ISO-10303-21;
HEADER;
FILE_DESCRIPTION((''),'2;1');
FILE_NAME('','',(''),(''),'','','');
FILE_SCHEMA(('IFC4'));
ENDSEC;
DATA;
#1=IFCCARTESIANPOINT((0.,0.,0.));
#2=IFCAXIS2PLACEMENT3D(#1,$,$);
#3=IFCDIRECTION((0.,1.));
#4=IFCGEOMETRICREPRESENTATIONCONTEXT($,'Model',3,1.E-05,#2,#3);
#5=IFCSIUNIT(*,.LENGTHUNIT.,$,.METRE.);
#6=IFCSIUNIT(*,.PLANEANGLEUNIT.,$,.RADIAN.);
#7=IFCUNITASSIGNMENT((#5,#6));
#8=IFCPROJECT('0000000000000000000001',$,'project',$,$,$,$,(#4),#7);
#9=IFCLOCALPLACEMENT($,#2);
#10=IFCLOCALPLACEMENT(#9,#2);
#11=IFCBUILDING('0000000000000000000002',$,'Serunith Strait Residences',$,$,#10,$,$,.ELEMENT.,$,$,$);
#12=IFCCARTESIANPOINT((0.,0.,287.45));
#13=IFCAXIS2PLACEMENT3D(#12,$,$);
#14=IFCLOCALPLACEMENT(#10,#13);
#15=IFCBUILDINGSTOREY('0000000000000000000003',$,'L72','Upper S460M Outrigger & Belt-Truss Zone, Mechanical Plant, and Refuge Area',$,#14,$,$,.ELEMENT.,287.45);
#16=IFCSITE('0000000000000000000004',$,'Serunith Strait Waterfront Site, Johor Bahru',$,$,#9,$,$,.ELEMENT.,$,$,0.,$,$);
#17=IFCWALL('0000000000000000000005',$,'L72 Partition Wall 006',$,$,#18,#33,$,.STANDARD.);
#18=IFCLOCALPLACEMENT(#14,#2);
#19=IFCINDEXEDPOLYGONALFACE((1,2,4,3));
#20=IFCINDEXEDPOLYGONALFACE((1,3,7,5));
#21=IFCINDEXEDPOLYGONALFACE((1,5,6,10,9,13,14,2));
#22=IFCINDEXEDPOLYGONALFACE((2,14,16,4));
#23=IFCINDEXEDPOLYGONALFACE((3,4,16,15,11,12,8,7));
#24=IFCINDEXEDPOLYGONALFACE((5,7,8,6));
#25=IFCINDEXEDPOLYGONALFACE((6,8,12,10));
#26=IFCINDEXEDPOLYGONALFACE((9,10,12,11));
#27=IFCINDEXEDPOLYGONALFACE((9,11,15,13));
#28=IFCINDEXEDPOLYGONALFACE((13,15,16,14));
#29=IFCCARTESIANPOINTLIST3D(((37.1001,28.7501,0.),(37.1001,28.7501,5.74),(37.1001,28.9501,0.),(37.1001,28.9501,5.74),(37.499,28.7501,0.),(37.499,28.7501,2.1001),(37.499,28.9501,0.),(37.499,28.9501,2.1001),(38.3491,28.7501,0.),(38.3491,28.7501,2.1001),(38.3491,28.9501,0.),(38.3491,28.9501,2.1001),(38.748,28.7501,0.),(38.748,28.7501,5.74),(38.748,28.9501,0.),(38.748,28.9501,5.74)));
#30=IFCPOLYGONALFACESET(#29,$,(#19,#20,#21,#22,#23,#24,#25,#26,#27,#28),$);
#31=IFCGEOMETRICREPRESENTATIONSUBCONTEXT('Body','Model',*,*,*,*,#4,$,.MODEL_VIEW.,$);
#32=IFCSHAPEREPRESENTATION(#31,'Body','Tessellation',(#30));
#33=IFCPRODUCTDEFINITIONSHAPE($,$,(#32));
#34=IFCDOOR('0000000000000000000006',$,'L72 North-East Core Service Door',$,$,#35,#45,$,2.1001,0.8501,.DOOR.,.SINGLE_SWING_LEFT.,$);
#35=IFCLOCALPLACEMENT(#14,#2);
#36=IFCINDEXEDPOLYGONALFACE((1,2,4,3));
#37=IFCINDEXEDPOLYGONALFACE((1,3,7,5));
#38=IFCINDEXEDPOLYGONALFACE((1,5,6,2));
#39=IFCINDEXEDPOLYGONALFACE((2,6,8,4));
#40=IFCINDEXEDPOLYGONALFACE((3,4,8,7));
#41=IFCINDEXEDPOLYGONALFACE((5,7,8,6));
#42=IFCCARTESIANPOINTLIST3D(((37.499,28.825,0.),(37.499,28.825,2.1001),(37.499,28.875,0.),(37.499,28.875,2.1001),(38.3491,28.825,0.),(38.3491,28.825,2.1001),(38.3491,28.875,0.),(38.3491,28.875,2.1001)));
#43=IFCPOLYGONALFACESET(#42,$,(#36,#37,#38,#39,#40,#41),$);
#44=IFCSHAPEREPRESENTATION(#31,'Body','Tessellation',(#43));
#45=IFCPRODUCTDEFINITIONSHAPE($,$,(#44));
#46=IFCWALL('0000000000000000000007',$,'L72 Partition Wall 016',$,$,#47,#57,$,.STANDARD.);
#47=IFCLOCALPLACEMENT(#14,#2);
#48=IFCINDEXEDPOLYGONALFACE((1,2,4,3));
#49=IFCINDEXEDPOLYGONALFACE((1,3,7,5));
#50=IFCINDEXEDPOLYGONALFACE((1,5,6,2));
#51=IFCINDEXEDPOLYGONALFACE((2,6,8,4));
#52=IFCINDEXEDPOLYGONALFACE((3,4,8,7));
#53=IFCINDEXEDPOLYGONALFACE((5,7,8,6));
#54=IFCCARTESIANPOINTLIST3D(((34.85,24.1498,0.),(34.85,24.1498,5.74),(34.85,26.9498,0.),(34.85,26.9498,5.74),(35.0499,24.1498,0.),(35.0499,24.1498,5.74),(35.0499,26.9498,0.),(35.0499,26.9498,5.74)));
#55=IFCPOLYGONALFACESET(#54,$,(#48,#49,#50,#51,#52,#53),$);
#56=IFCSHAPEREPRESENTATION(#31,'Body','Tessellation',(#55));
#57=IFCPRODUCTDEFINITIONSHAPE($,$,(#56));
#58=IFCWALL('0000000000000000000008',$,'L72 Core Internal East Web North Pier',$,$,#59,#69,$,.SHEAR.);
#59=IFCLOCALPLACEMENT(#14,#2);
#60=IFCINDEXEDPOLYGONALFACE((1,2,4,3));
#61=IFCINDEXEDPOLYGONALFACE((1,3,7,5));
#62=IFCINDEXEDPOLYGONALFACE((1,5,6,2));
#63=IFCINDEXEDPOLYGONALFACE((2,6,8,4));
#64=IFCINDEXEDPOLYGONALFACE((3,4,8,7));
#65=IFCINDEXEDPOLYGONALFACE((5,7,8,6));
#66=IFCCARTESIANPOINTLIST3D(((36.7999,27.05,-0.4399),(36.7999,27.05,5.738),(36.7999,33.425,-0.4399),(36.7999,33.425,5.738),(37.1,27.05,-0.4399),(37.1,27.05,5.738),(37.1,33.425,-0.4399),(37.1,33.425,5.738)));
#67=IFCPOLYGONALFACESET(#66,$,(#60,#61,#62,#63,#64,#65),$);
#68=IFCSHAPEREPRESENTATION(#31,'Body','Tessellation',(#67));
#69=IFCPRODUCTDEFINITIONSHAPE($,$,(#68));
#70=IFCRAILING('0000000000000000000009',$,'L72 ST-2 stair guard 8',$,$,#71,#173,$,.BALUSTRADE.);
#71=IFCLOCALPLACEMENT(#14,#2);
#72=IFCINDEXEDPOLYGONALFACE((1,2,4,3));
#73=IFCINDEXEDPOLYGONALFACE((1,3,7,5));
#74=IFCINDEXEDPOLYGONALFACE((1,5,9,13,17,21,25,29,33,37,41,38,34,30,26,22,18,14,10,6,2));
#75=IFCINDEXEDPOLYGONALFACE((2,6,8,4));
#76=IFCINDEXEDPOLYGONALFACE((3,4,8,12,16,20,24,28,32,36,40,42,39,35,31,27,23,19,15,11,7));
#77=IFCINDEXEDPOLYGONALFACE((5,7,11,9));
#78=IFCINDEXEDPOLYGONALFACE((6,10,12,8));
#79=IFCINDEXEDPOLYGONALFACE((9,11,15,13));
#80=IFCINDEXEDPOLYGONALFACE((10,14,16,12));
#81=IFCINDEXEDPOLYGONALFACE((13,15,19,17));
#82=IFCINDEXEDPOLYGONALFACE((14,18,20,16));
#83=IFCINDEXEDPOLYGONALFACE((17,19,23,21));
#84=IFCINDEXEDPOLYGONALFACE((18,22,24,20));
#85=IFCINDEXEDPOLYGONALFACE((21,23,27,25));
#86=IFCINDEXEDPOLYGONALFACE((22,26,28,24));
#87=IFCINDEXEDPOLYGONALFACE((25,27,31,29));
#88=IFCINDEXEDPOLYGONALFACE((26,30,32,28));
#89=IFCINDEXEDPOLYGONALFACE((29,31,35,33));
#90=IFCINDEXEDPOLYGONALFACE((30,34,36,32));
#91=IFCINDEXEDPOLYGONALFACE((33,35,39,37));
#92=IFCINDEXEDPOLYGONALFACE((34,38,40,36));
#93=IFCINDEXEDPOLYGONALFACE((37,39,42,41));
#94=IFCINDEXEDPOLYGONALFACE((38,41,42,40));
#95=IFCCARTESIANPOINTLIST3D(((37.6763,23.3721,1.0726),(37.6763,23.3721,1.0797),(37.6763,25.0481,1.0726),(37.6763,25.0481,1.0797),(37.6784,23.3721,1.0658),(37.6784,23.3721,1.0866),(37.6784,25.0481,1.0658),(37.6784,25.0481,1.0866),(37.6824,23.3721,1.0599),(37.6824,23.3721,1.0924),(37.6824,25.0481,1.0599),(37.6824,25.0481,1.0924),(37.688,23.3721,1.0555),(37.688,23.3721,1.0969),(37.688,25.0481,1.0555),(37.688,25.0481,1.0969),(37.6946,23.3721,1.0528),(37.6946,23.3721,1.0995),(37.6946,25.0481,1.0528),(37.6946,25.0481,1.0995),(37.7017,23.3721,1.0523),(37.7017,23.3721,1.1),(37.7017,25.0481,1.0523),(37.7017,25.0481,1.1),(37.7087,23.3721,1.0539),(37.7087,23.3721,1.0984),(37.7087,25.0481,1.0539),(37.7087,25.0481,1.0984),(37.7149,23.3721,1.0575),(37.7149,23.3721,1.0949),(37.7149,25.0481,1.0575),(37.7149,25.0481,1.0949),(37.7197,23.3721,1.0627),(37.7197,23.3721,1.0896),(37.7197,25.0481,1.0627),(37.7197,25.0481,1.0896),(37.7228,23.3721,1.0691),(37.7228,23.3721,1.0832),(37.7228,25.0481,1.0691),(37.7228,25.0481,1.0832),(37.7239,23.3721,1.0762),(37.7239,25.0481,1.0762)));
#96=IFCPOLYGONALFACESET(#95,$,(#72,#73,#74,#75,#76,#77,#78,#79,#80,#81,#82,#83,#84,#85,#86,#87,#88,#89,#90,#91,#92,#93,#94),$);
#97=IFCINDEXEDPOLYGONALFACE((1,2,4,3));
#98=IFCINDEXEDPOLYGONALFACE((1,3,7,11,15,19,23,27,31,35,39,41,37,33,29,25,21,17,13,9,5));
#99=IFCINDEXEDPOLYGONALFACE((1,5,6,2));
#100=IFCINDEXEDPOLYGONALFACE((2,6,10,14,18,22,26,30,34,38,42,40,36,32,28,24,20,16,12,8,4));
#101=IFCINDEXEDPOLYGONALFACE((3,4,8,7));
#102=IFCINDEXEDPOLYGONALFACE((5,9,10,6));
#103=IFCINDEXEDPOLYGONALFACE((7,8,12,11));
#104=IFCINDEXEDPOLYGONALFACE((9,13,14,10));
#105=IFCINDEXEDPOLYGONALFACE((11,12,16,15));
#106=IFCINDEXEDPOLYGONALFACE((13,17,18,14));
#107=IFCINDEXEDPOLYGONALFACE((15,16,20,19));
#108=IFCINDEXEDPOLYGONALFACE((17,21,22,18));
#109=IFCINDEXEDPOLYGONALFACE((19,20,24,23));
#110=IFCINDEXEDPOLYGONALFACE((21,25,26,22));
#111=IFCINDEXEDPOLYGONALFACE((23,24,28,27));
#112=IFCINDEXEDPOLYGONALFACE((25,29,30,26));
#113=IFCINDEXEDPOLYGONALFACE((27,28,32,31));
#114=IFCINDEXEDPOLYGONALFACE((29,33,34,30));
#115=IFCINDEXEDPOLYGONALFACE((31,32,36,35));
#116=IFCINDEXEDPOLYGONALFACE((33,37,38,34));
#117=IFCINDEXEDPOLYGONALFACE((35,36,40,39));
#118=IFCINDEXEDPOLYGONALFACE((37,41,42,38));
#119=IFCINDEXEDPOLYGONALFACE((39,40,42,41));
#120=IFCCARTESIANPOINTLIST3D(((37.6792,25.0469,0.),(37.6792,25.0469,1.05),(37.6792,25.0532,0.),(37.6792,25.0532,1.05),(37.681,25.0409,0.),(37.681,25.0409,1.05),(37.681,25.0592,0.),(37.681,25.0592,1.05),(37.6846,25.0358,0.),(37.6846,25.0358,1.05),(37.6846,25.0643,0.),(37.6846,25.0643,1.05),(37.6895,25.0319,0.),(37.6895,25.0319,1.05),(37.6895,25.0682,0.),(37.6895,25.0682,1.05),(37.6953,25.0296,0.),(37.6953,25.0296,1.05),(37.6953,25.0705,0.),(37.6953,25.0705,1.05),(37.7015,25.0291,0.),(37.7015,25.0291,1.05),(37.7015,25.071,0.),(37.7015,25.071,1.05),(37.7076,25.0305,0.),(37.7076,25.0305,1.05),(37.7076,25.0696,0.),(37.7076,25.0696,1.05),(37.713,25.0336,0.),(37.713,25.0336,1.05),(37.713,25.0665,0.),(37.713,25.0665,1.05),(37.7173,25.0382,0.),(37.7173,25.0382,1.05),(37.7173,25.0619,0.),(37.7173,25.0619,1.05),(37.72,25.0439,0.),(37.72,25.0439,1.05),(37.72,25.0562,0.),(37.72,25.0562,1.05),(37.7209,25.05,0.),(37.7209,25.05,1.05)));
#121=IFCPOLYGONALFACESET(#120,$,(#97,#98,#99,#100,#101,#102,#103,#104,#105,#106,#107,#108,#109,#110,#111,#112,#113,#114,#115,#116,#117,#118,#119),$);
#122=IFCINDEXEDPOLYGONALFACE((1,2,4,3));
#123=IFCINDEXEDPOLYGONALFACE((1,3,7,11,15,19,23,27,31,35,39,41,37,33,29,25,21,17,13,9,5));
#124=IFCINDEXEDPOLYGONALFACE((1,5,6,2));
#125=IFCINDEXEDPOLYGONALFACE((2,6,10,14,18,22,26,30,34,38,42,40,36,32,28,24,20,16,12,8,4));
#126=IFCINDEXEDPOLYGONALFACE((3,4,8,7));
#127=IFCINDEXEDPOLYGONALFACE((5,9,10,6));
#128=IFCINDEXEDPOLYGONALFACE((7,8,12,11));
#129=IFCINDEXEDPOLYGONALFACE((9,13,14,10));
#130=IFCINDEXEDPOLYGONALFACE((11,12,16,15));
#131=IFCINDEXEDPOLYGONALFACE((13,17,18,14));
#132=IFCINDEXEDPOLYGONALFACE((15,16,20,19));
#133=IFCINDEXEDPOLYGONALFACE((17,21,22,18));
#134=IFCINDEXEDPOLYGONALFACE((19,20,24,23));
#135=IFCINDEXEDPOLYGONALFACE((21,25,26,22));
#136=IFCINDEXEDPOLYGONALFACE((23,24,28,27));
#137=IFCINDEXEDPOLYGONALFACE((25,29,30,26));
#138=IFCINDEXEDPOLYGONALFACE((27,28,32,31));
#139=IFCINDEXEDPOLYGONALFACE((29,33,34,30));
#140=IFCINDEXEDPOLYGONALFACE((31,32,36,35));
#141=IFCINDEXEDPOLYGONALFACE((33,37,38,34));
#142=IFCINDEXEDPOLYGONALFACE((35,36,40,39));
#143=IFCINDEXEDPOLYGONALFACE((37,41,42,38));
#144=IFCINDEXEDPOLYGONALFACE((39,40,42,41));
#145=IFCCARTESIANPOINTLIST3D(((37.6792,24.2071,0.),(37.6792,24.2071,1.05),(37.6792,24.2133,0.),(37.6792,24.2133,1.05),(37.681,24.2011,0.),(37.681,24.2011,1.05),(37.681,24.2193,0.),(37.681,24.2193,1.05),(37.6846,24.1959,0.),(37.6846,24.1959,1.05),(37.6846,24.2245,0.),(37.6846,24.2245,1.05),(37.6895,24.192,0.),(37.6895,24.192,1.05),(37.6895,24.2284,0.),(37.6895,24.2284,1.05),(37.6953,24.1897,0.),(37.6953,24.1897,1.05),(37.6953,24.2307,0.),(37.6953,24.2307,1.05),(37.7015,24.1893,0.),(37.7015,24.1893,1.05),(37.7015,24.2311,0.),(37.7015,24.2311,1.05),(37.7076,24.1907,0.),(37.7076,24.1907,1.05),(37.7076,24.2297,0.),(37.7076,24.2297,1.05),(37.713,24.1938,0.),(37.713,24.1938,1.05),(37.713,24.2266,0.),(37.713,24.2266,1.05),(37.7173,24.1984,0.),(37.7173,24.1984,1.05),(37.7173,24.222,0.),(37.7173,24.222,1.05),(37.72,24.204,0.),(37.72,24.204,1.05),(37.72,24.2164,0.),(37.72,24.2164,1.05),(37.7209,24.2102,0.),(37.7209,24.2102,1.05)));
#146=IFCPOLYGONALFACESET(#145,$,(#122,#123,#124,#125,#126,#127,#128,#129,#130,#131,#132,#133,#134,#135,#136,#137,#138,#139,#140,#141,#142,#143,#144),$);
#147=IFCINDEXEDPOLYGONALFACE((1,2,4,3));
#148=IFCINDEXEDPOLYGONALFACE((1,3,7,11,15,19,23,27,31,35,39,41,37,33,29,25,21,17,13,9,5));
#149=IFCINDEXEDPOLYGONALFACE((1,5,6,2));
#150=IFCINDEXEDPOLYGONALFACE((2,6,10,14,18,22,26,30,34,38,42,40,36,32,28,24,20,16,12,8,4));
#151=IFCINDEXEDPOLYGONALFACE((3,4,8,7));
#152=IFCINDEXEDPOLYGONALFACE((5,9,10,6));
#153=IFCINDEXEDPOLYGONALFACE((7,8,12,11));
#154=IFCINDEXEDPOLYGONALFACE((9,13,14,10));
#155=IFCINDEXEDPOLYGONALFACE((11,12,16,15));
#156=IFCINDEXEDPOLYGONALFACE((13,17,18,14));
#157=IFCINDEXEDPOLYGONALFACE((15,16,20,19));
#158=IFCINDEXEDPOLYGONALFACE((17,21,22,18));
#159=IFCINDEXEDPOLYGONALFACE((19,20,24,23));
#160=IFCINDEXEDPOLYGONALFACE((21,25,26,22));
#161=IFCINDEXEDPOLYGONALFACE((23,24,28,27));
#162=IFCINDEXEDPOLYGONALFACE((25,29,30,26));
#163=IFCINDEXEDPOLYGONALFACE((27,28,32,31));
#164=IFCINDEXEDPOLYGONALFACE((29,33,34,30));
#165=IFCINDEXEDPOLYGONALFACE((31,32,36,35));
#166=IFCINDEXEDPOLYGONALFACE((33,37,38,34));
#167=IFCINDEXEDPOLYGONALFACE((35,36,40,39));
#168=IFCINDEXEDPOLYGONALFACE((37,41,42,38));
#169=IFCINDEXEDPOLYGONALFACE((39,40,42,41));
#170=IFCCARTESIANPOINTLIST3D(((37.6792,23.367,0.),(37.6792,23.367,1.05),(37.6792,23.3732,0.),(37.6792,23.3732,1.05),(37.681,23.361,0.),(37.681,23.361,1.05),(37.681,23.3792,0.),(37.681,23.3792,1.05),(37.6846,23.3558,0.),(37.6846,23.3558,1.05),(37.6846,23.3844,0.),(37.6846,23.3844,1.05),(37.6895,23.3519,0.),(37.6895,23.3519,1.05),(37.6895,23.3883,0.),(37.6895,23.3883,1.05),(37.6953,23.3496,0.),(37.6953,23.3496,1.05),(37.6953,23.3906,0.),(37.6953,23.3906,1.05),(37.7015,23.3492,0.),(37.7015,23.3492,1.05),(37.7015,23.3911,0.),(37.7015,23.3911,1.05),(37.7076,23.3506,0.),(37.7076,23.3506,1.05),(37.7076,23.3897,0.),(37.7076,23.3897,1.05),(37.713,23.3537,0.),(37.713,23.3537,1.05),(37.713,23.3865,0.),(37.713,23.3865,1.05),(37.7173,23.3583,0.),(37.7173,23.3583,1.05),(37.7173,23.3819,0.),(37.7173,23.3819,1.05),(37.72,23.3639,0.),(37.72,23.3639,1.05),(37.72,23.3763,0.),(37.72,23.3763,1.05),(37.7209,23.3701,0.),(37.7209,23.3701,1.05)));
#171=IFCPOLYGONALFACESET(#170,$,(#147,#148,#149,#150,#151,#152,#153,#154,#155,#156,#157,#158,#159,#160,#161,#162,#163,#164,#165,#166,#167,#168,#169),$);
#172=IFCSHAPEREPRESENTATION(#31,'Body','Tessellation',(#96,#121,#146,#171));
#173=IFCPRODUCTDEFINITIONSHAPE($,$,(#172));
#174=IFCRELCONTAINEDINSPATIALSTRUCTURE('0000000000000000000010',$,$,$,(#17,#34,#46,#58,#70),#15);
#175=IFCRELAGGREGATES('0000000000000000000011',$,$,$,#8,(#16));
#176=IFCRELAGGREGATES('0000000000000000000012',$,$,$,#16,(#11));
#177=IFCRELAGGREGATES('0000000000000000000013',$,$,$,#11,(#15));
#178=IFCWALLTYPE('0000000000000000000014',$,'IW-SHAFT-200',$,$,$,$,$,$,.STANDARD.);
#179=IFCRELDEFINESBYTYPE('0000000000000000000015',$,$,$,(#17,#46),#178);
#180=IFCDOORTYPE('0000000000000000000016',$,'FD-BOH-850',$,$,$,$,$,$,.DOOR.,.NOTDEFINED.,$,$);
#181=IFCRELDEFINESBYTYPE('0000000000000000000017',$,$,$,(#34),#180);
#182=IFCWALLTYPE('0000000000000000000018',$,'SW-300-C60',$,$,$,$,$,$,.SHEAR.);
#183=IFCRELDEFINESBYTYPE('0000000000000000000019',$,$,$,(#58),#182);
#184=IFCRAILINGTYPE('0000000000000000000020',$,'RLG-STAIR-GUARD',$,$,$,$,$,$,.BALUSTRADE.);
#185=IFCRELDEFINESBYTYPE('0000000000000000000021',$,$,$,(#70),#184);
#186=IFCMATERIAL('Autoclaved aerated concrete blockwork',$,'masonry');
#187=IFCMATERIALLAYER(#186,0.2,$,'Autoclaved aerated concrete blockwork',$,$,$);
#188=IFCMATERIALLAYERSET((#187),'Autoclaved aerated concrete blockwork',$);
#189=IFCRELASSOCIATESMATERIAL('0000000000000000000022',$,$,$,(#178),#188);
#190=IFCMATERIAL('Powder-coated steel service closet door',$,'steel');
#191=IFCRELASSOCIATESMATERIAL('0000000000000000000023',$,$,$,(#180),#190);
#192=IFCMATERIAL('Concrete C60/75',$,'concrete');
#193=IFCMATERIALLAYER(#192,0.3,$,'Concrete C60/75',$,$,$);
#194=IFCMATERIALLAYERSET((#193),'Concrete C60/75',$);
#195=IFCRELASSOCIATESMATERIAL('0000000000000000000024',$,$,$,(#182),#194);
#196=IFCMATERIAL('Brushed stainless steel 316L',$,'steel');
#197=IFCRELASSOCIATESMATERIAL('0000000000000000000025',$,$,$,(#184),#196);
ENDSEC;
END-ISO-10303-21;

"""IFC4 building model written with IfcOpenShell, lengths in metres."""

from ifc_helpers import new_model, si_unit, direction, frame, frame_2d, origin, origin_2d, place, context, subcontext, project, spatial, rectangle, circle, extrude, source, transform, mapped, material, layer, layer_set, type_object, element, fill, save


model = new_model("IFC4")

# Units and contexts
model_context = context("Model", 3, precision=1e-05, world=origin(), true_north=direction((0.0, 1.0)))
body_context = subcontext(model_context, "Body", "Model", "MODEL_VIEW")
ifc_project = project(units=[si_unit("LENGTHUNIT", "METRE"), si_unit("PLANEANGLEUNIT", "RADIAN")], contexts=[model_context])

# Site, building, storey
site_placement = place(None, origin())
site = spatial("IfcSite", under=ifc_project, at=site_placement, Name="Serunith Strait Waterfront Site, Johor Bahru", CompositionType="ELEMENT", RefElevation=0.0)
building_placement = place(site_placement, origin())
building = spatial("IfcBuilding", under=site, at=building_placement, Name="Serunith Strait Residences", CompositionType="ELEMENT")
storey_placement = place(building_placement, frame((0.0, 0.0, 287.45)))
storey = spatial("IfcBuildingStorey", under=building, at=storey_placement, Name="L72", Description="Upper S460M Outrigger & Belt-Truss Zone, Mechanical Plant, and Refuge Area", CompositionType="ELEMENT", Elevation=287.45)

# Shared definitions
ifc_material_1 = material(Name="Autoclaved aerated concrete blockwork", Category="masonry")
ifc_layer_1 = layer(ifc_material_1, 0.2, Name="Autoclaved aerated concrete blockwork")
ifc_layer_set_1 = layer_set([ifc_layer_1], Name="Autoclaved aerated concrete blockwork")
wall_type_1 = type_object("IfcWallType", Name="IW-SHAFT-200", PredefinedType="STANDARD", material=ifc_layer_set_1)

# Wall, opening, door
wall_1_placement = place(storey_placement, frame((37.1001, 28.8501, 0.0), z_axis=(0.0, 0.0, 1.0), x_axis=(1.0, 0.0, 0.0)))
wall_1 = element("IfcWall", 1, at=wall_1_placement, inside=storey, type_object=wall_type_1, Name="L72 Partition Wall 006", PredefinedType="STANDARD", context=body_context, shape_type="SweptSolid", body=[
    extrude(rectangle(XDim=1.6479, YDim=0.2, at=frame_2d((0.824, 0.0))), origin(), (0.0, 0.0, 1.0), 5.74),
])
opening_1_placement = place(wall_1_placement, frame((0.3989, 0.0, 0.0)))
opening_1 = element("IfcOpeningElement", 2, at=opening_1_placement, cuts=wall_1, PredefinedType="OPENING", context=body_context, shape_type="SweptSolid", body=[
    extrude(rectangle(XDim=0.8501, YDim=2.1001, at=frame_2d((0.425, 1.05))), frame((0.0, 0.1099, 0.0), z_axis=(0.0, -1.0, 0.0), x_axis=(1.0, 0.0, 0.0)), (0.0, 0.0, 1.0), 0.22),
])
ifc_material_2 = material(Name="Powder-coated steel service closet door", Category="steel")
door_type_1 = type_object("IfcDoorType", Name="FD-BOH-850", OperationType="NOTDEFINED", PredefinedType="DOOR", material=ifc_material_2)
shared_shape_1 = source(origin(), body_context, "Body", "SweptSolid", [
    extrude(rectangle(XDim=0.8501, YDim=2.1001, at=frame_2d((0.425, 1.05))), frame((0.0, 0.0249, 0.0), z_axis=(0.0, -1.0, 0.0), x_axis=(1.0, 0.0, 0.0)), (0.0, 0.0, 1.0), 0.05),
])
door_1_placement = place(opening_1_placement, origin())
door_1 = element("IfcDoor", 3, at=door_1_placement, inside=storey, type_object=door_type_1, Name="L72 North-East Core Service Door", OperationType="SINGLE_SWING_LEFT", OverallHeight=2.1001, OverallWidth=0.8501, PredefinedType="DOOR", context=body_context, shape_type="MappedRepresentation", body=[
    mapped(shared_shape_1, transform((0.0, 0.0, 0.0), scale=1.0)),
])
fill(opening_1, door_1)

# Walls
wall_2_placement = place(storey_placement, frame((34.95, 24.1499, 0.0), z_axis=(0.0, 0.0, 1.0), x_axis=(0.0, 1.0, 0.0)))
element("IfcWall", 4, at=wall_2_placement, inside=storey, type_object=wall_type_1, Name="L72 Partition Wall 016", PredefinedType="STANDARD", context=body_context, shape_type="SweptSolid", body=[
    extrude(rectangle(XDim=2.8, YDim=0.2, at=frame_2d((1.3999, 0.0))), origin(), (0.0, 0.0, 1.0), 5.74),
])
ifc_material_3 = material(Name="Concrete C60/75", Category="concrete")
ifc_layer_2 = layer(ifc_material_3, 0.3, Name="Concrete C60/75")
ifc_layer_set_2 = layer_set([ifc_layer_2], Name="Concrete C60/75")
wall_type_2 = type_object("IfcWallType", Name="SW-300-C60", PredefinedType="SHEAR", material=ifc_layer_set_2)
wall_3_placement = place(storey_placement, frame((36.95, 27.05, -0.4399), z_axis=(0.0, 0.0, 1.0), x_axis=(0.0, 1.0, 0.0)))
element("IfcWall", 5, at=wall_3_placement, inside=storey, type_object=wall_type_2, Name="L72 Core Internal East Web North Pier", PredefinedType="SHEAR", context=body_context, shape_type="SweptSolid", body=[
    extrude(rectangle(XDim=6.375, YDim=0.3, at=frame_2d((3.1875, 0.0))), origin(), (0.0, 0.0, 1.0), 6.178),
])

# Railing
ifc_material_4 = material(Name="Brushed stainless steel 316L", Category="steel")
railing_type = type_object("IfcRailingType", Name="RLG-STAIR-GUARD", PredefinedType="BALUSTRADE", material=ifc_material_4)
railing_placement = place(storey_placement, frame((37.7, 25.05, 0.0)))
element("IfcRailing", 6, at=railing_placement, inside=storey, type_object=railing_type, Name="L72 ST-2 stair guard 8", PredefinedType="BALUSTRADE", context=body_context, shape_type="SweptSolid", body=[
    extrude(circle(Radius=0.0239, at=origin_2d()), frame((0.0, -0.002, 1.0762), z_axis=(0.0, -1.0, 0.0), x_axis=(1.0, 0.0, 0.0)), (0.0, 0.0, 1.0), 1.676),
    extrude(circle(Radius=0.021, at=origin_2d()), origin(), (0.0, 0.0, 1.0), 1.05),
    extrude(circle(Radius=0.021, at=origin_2d()), frame((0.0, -0.8398, 0.0)), (0.0, 0.0, 1.0), 1.05),
    extrude(circle(Radius=0.021, at=origin_2d()), frame((0.0, -1.6799, 0.0)), (0.0, 0.0, 1.0), 1.05),
])

save(model, "model.ifc")
